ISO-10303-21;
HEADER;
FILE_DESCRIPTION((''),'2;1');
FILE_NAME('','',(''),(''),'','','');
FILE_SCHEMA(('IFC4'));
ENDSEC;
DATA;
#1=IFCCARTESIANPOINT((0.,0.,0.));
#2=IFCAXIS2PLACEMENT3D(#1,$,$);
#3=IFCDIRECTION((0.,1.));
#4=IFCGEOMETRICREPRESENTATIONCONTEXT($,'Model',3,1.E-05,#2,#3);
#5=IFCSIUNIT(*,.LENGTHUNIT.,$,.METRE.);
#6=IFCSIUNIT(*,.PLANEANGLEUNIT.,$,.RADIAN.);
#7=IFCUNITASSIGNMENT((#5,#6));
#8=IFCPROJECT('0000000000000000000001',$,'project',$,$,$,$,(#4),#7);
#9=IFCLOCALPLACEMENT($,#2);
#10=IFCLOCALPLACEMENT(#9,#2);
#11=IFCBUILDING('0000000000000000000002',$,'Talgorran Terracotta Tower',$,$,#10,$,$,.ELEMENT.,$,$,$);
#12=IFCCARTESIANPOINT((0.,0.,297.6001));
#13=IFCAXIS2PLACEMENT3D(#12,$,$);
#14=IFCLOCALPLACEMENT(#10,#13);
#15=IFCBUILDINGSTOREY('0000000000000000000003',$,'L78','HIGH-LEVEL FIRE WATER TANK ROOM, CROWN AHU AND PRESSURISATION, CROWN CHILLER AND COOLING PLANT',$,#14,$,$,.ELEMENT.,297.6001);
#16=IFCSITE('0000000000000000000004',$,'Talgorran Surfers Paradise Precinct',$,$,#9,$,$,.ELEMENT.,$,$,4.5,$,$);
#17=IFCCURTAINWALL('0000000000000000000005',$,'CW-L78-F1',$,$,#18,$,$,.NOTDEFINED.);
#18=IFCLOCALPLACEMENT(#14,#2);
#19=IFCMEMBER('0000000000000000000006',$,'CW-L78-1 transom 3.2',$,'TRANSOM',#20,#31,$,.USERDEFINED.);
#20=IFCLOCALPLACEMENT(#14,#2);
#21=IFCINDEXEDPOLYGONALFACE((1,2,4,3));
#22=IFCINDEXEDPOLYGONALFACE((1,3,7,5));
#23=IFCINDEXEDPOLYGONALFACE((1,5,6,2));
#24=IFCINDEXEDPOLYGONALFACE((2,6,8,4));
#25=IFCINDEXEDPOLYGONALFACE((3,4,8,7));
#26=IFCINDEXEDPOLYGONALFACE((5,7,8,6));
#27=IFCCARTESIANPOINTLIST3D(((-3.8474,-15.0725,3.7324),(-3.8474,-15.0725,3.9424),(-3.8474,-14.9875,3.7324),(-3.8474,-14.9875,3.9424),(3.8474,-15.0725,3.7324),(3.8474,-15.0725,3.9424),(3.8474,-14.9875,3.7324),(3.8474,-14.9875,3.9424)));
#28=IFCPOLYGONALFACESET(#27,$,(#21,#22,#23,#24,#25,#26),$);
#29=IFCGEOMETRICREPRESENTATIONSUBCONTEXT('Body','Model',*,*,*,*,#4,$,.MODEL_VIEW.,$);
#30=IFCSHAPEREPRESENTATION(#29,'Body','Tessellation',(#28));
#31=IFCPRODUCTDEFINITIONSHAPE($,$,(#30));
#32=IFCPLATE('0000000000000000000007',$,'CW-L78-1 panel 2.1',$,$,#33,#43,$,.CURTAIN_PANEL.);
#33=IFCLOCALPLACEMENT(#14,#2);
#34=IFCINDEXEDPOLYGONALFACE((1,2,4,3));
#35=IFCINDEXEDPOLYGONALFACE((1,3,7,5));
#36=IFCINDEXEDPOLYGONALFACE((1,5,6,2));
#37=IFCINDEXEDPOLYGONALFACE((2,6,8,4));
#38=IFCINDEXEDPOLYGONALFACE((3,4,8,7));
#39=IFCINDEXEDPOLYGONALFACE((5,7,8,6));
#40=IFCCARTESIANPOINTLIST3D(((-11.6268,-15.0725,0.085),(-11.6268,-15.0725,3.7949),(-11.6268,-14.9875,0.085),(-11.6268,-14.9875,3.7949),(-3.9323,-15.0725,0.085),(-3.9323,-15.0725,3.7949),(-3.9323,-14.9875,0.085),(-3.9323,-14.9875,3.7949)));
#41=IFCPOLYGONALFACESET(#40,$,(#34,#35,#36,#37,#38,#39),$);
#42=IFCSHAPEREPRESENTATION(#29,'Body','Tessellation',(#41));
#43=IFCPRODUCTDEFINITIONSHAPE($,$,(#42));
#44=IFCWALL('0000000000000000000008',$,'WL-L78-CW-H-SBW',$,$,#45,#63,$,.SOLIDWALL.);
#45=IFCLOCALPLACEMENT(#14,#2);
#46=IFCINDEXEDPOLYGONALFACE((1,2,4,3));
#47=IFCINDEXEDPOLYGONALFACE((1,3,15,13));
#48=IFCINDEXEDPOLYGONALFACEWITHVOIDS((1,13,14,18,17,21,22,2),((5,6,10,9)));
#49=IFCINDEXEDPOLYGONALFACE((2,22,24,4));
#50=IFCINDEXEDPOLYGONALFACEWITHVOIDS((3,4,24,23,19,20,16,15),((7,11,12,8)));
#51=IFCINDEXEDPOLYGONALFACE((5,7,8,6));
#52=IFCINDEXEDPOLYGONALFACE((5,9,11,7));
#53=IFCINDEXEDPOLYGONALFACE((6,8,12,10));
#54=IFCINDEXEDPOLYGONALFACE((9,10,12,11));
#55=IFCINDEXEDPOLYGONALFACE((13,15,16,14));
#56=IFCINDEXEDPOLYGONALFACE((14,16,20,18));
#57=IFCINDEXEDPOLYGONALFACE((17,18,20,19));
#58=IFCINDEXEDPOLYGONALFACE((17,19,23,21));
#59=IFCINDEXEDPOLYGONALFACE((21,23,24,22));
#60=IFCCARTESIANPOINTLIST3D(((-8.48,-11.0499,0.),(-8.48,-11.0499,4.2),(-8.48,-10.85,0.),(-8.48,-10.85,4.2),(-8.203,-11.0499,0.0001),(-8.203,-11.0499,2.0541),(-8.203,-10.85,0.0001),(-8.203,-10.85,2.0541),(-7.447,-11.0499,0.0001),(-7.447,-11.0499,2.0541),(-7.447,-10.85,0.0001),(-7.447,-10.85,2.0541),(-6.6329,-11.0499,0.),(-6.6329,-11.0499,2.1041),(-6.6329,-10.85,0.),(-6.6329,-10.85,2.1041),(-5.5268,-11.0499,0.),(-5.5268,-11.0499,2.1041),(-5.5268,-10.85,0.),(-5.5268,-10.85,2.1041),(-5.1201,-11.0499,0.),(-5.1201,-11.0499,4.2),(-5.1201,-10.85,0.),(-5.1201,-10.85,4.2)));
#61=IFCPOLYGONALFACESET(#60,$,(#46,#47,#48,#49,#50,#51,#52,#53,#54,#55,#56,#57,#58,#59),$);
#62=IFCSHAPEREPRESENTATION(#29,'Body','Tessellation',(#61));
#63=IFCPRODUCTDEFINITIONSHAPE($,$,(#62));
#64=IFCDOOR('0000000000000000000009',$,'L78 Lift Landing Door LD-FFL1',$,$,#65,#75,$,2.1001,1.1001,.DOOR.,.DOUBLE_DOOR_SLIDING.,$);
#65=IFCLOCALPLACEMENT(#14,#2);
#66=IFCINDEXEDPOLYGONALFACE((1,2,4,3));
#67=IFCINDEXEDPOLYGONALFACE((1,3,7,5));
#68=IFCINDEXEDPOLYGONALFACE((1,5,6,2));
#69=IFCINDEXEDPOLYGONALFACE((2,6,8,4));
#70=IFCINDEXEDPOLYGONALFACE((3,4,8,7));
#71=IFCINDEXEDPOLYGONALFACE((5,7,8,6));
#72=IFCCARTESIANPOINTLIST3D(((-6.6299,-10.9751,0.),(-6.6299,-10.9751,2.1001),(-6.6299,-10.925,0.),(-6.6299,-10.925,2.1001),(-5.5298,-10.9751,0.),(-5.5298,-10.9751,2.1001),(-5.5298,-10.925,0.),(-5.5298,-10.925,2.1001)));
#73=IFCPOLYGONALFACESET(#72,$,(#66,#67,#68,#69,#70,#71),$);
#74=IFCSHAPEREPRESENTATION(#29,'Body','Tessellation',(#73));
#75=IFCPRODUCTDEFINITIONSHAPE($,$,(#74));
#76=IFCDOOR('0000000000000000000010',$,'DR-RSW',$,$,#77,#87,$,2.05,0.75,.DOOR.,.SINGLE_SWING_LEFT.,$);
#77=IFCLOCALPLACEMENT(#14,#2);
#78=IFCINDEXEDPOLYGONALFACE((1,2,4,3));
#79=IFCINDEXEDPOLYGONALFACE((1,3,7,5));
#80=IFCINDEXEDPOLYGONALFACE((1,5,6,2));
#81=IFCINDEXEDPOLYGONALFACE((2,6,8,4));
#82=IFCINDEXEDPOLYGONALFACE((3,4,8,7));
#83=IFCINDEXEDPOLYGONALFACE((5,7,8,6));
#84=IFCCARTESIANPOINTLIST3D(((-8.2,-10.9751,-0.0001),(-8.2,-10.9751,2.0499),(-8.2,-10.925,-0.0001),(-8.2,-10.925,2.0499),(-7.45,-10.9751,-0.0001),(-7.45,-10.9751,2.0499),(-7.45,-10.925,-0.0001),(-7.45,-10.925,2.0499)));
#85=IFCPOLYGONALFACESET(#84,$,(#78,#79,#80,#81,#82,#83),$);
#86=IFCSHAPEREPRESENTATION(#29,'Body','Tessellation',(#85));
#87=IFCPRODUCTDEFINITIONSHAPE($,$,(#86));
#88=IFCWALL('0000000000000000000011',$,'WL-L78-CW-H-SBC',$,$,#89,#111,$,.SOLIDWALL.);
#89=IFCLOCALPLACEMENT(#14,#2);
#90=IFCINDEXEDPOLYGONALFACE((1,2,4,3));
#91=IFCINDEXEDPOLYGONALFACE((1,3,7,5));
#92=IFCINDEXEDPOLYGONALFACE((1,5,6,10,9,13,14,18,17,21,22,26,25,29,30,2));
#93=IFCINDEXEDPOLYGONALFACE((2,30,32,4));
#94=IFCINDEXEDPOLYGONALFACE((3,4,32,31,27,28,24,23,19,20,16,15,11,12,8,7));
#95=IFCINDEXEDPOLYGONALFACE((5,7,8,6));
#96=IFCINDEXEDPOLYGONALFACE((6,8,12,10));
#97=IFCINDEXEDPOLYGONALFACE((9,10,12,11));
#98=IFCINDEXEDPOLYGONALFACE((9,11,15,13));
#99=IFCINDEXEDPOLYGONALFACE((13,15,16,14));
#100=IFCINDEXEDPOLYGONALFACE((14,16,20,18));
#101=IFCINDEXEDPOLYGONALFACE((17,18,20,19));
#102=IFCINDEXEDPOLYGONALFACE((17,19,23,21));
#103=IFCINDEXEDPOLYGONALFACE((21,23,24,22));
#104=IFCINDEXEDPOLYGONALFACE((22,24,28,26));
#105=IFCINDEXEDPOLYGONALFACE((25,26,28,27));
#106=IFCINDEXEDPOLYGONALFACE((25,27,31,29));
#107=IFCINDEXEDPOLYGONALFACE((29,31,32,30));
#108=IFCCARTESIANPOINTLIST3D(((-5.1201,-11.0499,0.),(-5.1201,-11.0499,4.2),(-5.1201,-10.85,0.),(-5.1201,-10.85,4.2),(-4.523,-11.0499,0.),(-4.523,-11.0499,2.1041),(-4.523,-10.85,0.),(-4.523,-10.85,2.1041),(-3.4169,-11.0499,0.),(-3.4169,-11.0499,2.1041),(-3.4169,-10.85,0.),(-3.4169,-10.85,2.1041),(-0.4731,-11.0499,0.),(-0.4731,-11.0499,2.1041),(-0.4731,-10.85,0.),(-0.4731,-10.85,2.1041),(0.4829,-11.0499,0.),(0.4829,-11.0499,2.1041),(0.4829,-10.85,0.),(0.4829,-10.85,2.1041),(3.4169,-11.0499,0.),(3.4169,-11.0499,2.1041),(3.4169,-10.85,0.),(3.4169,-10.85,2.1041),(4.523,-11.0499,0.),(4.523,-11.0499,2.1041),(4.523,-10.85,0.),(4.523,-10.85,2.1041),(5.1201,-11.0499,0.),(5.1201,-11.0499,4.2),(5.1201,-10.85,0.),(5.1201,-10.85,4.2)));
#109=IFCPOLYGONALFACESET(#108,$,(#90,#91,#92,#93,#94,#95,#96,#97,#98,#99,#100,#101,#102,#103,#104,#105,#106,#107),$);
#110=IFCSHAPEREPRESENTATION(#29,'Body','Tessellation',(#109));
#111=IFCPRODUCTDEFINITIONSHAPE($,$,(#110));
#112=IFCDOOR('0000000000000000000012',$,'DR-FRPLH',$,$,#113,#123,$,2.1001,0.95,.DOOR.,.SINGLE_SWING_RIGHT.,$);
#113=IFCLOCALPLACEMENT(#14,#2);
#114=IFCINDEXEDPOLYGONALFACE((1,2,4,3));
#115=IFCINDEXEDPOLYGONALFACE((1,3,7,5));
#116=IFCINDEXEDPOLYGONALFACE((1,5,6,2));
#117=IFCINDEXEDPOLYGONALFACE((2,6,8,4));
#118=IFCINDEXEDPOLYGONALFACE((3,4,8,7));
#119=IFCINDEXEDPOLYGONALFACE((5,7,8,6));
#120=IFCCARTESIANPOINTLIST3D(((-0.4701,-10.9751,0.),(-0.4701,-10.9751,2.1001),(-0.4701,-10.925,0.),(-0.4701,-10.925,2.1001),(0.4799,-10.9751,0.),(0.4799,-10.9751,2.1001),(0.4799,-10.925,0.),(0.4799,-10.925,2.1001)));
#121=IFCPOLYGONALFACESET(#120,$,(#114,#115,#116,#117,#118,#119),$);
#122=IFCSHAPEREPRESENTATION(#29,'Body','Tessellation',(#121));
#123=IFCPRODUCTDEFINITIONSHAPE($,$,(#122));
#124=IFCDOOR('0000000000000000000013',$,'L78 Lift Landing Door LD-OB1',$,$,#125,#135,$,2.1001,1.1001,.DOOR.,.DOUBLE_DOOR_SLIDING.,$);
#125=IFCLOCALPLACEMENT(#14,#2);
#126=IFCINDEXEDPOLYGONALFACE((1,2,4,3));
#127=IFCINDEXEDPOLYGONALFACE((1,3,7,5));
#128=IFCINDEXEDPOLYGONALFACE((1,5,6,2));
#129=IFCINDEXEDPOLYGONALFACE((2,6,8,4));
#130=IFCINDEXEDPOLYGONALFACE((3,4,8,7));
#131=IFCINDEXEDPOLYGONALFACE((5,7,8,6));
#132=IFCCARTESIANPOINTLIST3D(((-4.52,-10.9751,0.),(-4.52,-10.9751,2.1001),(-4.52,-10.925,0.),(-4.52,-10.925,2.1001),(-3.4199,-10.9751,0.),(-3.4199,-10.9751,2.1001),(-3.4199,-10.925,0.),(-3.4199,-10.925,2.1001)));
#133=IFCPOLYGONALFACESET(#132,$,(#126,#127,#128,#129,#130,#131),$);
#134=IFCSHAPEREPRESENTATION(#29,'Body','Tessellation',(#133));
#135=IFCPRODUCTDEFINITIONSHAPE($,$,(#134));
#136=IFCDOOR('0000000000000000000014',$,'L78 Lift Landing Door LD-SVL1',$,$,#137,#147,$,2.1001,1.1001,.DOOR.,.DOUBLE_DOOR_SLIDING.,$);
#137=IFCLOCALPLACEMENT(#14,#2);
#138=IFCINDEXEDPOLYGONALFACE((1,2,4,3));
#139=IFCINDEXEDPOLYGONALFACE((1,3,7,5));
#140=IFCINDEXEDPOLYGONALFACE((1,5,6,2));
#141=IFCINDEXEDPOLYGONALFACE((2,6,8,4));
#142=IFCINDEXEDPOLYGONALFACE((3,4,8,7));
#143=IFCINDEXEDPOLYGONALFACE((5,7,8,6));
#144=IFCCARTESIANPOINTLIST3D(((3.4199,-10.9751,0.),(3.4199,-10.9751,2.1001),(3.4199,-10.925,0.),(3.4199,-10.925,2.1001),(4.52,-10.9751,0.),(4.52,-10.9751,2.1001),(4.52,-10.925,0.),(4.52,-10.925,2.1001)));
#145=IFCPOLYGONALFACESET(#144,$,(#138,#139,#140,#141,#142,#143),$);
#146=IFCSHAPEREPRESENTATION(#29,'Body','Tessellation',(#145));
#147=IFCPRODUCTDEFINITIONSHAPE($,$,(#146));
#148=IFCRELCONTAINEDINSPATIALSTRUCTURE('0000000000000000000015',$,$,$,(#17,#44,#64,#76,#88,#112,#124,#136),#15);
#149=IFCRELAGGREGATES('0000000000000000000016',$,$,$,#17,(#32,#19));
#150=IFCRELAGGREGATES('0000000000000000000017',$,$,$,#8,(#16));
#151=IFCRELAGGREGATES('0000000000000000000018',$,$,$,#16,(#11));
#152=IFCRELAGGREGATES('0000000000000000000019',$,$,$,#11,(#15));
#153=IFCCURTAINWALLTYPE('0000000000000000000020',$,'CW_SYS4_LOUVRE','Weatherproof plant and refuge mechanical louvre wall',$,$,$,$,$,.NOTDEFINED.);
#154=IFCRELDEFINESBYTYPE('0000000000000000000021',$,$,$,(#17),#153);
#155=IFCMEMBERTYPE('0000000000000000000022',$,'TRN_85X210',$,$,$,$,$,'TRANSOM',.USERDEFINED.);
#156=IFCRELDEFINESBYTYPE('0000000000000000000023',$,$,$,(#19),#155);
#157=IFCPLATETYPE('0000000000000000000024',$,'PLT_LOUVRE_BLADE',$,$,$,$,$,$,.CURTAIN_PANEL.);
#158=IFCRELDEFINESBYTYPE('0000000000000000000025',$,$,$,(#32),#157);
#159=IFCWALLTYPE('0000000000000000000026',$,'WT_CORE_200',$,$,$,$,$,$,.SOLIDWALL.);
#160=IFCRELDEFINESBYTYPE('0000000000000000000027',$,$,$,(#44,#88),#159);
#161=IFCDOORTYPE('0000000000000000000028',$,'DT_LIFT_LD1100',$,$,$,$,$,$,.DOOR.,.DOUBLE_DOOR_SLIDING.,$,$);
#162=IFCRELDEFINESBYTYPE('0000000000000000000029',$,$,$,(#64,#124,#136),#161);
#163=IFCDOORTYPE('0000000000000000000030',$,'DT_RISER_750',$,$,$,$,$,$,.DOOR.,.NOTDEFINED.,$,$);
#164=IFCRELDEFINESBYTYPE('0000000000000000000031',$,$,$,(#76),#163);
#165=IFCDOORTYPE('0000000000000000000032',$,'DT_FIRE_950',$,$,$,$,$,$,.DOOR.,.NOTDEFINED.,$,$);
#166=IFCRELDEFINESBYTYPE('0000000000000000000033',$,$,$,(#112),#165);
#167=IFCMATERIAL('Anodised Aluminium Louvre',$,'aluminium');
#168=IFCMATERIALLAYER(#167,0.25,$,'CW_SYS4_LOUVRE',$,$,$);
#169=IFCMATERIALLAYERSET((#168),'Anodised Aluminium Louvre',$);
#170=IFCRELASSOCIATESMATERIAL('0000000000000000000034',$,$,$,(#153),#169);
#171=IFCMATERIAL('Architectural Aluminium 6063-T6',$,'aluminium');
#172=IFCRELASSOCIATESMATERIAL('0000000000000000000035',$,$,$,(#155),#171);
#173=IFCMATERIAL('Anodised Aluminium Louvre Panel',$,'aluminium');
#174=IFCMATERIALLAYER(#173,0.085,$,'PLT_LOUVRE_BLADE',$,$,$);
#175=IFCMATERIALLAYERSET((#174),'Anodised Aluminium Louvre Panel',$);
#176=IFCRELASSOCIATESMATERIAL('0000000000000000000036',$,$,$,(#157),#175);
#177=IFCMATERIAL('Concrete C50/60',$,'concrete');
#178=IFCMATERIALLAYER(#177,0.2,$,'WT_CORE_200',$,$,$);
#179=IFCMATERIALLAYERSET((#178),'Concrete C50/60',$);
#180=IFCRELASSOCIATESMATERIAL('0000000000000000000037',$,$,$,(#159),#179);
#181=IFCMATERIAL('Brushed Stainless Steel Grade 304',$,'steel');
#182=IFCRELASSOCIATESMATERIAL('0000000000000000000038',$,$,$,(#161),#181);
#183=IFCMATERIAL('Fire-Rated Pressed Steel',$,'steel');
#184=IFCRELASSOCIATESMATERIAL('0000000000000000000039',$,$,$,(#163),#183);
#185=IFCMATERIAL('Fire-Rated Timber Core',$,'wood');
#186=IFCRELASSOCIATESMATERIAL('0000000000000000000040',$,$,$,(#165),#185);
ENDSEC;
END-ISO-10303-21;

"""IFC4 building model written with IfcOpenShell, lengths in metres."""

from ifc_helpers import new_model, si_unit, direction, frame, frame_2d, origin, origin_2d, place, context, subcontext, project, spatial, rectangle, extrude, source, transform, mapped, material, layer, layer_set, material_profile, profile_set, type_object, type_shapes, element, fill, aggregate, save


model = new_model("IFC4")

# Units and contexts
model_context = context("Model", 3, precision=1e-05, world=origin(), true_north=direction((0.0, 1.0)))
body_context = subcontext(model_context, "Body", "Model", "MODEL_VIEW")
ifc_project = project(units=[si_unit("LENGTHUNIT", "METRE"), si_unit("PLANEANGLEUNIT", "RADIAN")], contexts=[model_context])

# Site, building, storey
site_placement = place(None, origin())
site = spatial("IfcSite", under=ifc_project, at=site_placement, Name="Talgorran Surfers Paradise Precinct", CompositionType="ELEMENT", RefElevation=4.5)
building_placement = place(site_placement, origin())
building = spatial("IfcBuilding", under=site, at=building_placement, Name="Talgorran Terracotta Tower", CompositionType="ELEMENT")
storey_placement = place(building_placement, frame((0.0, 0.0, 297.6001)))
storey = spatial("IfcBuildingStorey", under=building, at=storey_placement, Name="L78", Description="HIGH-LEVEL FIRE WATER TANK ROOM, CROWN AHU AND PRESSURISATION, CROWN CHILLER AND COOLING PLANT", CompositionType="ELEMENT", Elevation=297.6001)

# Shared definitions
ifc_material_1 = material(Name="Concrete C50/60", Category="concrete")

# Curtain wall, member, plate
ifc_material_2 = material(Name="Anodised Aluminium Louvre", Category="aluminium")
ifc_layer_1 = layer(ifc_material_2, 0.25, Name="CW_SYS4_LOUVRE")
ifc_layer_set_1 = layer_set([ifc_layer_1], Name="Anodised Aluminium Louvre")
curtain_wall_type = type_object("IfcCurtainWallType", Name="CW_SYS4_LOUVRE", Description="Weatherproof plant and refuge mechanical louvre wall", PredefinedType="NOTDEFINED", material=ifc_layer_set_1)
curtain_wall_placement = place(storey_placement, origin())
curtain_wall = element("IfcCurtainWall", 1, at=curtain_wall_placement, inside=storey, type_object=curtain_wall_type, Name="CW-L78-F1", PredefinedType="NOTDEFINED")
ifc_material_3 = material(Name="Architectural Aluminium 6063-T6", Category="aluminium")
ifc_material_profile_1 = material_profile(ifc_material_3, rectangle(XDim=0.085, YDim=0.21, at=origin_2d()), Name="CWT85X210")
ifc_profile_set_1 = profile_set([ifc_material_profile_1], Name="Architectural Aluminium 6063-T6")
member_type_1 = type_object("IfcMemberType", Name="TRN_85X210", ElementType="TRANSOM", PredefinedType="USERDEFINED", material=ifc_profile_set_1)
member_1_placement = place(storey_placement, frame((-3.8474, -15.03, 3.8374), z_axis=(1.0, 0.0, 0.0), x_axis=(0.0, 1.0, 0.0)))
member_1 = element("IfcMember", 2, at=member_1_placement, type_object=member_type_1, Name="CW-L78-1 transom 3.2", ObjectType="TRANSOM", PredefinedType="USERDEFINED", context=body_context, shape_type="SweptSolid", body=[
    extrude(rectangle(XDim=0.085, YDim=0.21, at=origin_2d()), origin(), (0.0, 0.0, 1.0), 7.6948),
])
ifc_material_4 = material(Name="Anodised Aluminium Louvre Panel", Category="aluminium")
ifc_layer_2 = layer(ifc_material_4, 0.085, Name="PLT_LOUVRE_BLADE")
ifc_layer_set_2 = layer_set([ifc_layer_2], Name="Anodised Aluminium Louvre Panel")
plate_type = type_object("IfcPlateType", Name="PLT_LOUVRE_BLADE", PredefinedType="CURTAIN_PANEL", material=ifc_layer_set_2)
shared_shape = source(origin(), body_context, "Body", "SweptSolid", [
    extrude(rectangle(XDim=7.6946, YDim=0.085, at=origin_2d()), origin(), (0.0, 0.0, 1.0), 3.71),
])
type_shapes(plate_type, [shared_shape])
plate_placement = place(storey_placement, frame((-7.7795, -15.03, 0.085), z_axis=(0.0, 0.0, 1.0), x_axis=(1.0, 0.0, 0.0)))
plate = element("IfcPlate", 3, at=plate_placement, type_object=plate_type, Name="CW-L78-1 panel 2.1", PredefinedType="CURTAIN_PANEL", context=body_context, shape_type="MappedRepresentation", body=[
    mapped(shared_shape, transform((0.0, 0.0, 0.0), scale=1.0)),
])
aggregate(curtain_wall, [plate, member_1])

# Walls, openings, doors
ifc_layer_3 = layer(ifc_material_1, 0.2, Name="WT_CORE_200")
ifc_layer_set_3 = layer_set([ifc_layer_3], Name="Concrete C50/60")
wall_type_1 = type_object("IfcWallType", Name="WT_CORE_200", PredefinedType="SOLIDWALL", material=ifc_layer_set_3)
wall_1_placement = place(storey_placement, frame((-8.48, -10.95, 0.0), z_axis=(0.0, 0.0, 1.0), x_axis=(1.0, 0.0, 0.0)))
wall_1 = element("IfcWall", 4, at=wall_1_placement, inside=storey, type_object=wall_type_1, Name="WL-L78-CW-H-SBW", PredefinedType="SOLIDWALL", context=body_context, shape_type="SweptSolid", body=[
    extrude(rectangle(XDim=3.3599, YDim=0.2, at=frame_2d((1.6799, 0.0))), origin(), (0.0, 0.0, 1.0), 4.2),
])
opening_1_placement = place(wall_1_placement, frame((0.28, 0.0, 0.0)))
opening_1 = element("IfcOpeningElement", 5, at=opening_1_placement, cuts=wall_1, PredefinedType="OPENING", context=body_context, shape_type="SweptSolid", body=[
    extrude(rectangle(XDim=0.756, YDim=2.054, at=frame_2d((0.375, 1.0271))), frame((0.0, 0.1099, 0.0), z_axis=(0.0, -1.0, 0.0), x_axis=(1.0, 0.0, 0.0)), (0.0, 0.0, 1.0), 0.22),
])
opening_2_placement = place(wall_1_placement, frame((1.8501, 0.0, 0.0)))
opening_2 = element("IfcOpeningElement", 6, at=opening_2_placement, cuts=wall_1, PredefinedType="OPENING", context=body_context, shape_type="SweptSolid", body=[
    extrude(rectangle(XDim=1.1061, YDim=2.1041, at=frame_2d((0.55, 1.052))), frame((0.0, 0.1099, 0.0), z_axis=(0.0, -1.0, 0.0), x_axis=(1.0, 0.0, 0.0)), (0.0, 0.0, 1.0), 0.22),
])
ifc_material_5 = material(Name="Brushed Stainless Steel Grade 304", Category="steel")
door_type_1 = type_object("IfcDoorType", Name="DT_LIFT_LD1100", OperationType="DOUBLE_DOOR_SLIDING", PredefinedType="DOOR", material=ifc_material_5)
door_1_placement = place(opening_2_placement, origin())
door_1 = element("IfcDoor", 7, at=door_1_placement, inside=storey, type_object=door_type_1, Name="L78 Lift Landing Door LD-FFL1", OperationType="DOUBLE_DOOR_SLIDING", OverallHeight=2.1001, OverallWidth=1.1001, PredefinedType="DOOR", context=body_context, shape_type="SweptSolid", body=[
    extrude(rectangle(XDim=1.1001, YDim=2.1001, at=frame_2d((0.55, 1.05))), frame((0.0, 0.0249, 0.0), z_axis=(0.0, -1.0, 0.0), x_axis=(1.0, 0.0, 0.0)), (0.0, 0.0, 1.0), 0.05),
])
fill(opening_2, door_1)
ifc_material_6 = material(Name="Fire-Rated Pressed Steel", Category="steel")
door_type_2 = type_object("IfcDoorType", Name="DT_RISER_750", OperationType="NOTDEFINED", PredefinedType="DOOR", material=ifc_material_6)
door_2_placement = place(opening_1_placement, origin())
door_2 = element("IfcDoor", 8, at=door_2_placement, inside=storey, type_object=door_type_2, Name="DR-RSW", OperationType="SINGLE_SWING_LEFT", OverallHeight=2.05, OverallWidth=0.75, PredefinedType="DOOR", context=body_context, shape_type="SweptSolid", body=[
    extrude(rectangle(XDim=0.75, YDim=2.05, at=frame_2d((0.375, 1.0249))), frame((0.0, 0.0249, 0.0), z_axis=(0.0, -1.0, 0.0), x_axis=(1.0, 0.0, 0.0)), (0.0, 0.0, 1.0), 0.05),
])
fill(opening_1, door_2)
wall_2_placement = place(storey_placement, frame((-5.1201, -10.95, 0.0), z_axis=(0.0, 0.0, 1.0), x_axis=(1.0, 0.0, 0.0)))
wall_2 = element("IfcWall", 9, at=wall_2_placement, inside=storey, type_object=wall_type_1, Name="WL-L78-CW-H-SBC", PredefinedType="SOLIDWALL", context=body_context, shape_type="SweptSolid", body=[
    extrude(rectangle(XDim=10.2402, YDim=0.2, at=frame_2d((5.1201, 0.0))), origin(), (0.0, 0.0, 1.0), 4.2),
])
opening_3_placement = place(wall_2_placement, frame((0.6001, 0.0, 0.0)))
opening_3 = element("IfcOpeningElement", 10, at=opening_3_placement, cuts=wall_2, PredefinedType="OPENING", context=body_context, shape_type="SweptSolid", body=[
    extrude(rectangle(XDim=1.1061, YDim=2.1041, at=frame_2d((0.55, 1.052))), frame((0.0, 0.1099, 0.0), z_axis=(0.0, -1.0, 0.0), x_axis=(1.0, 0.0, 0.0)), (0.0, 0.0, 1.0), 0.22),
])
opening_4_placement = place(wall_2_placement, frame((4.6499, 0.0, 0.0)))
opening_4 = element("IfcOpeningElement", 11, at=opening_4_placement, cuts=wall_2, PredefinedType="OPENING", context=body_context, shape_type="SweptSolid", body=[
    extrude(rectangle(XDim=0.956, YDim=2.1041, at=frame_2d((0.4751, 1.052))), frame((0.0, 0.1099, 0.0), z_axis=(0.0, -1.0, 0.0), x_axis=(1.0, 0.0, 0.0)), (0.0, 0.0, 1.0), 0.22),
])
opening_5_placement = place(wall_2_placement, frame((8.54, 0.0, 0.0)))
opening_5 = element("IfcOpeningElement", 12, at=opening_5_placement, cuts=wall_2, PredefinedType="OPENING", context=body_context, shape_type="SweptSolid", body=[
    extrude(rectangle(XDim=1.1061, YDim=2.1041, at=frame_2d((0.55, 1.052))), frame((0.0, 0.1099, 0.0), z_axis=(0.0, -1.0, 0.0), x_axis=(1.0, 0.0, 0.0)), (0.0, 0.0, 1.0), 0.22),
])
ifc_material_7 = material(Name="Fire-Rated Timber Core", Category="wood")
door_type_3 = type_object("IfcDoorType", Name="DT_FIRE_950", OperationType="NOTDEFINED", PredefinedType="DOOR", material=ifc_material_7)
door_3_placement = place(opening_4_placement, origin())
door_3 = element("IfcDoor", 13, at=door_3_placement, inside=storey, type_object=door_type_3, Name="DR-FRPLH", OperationType="SINGLE_SWING_RIGHT", OverallHeight=2.1001, OverallWidth=0.95, PredefinedType="DOOR", context=body_context, shape_type="SweptSolid", body=[
    extrude(rectangle(XDim=0.95, YDim=2.1001, at=frame_2d((0.4751, 1.05))), frame((0.0, 0.0249, 0.0), z_axis=(0.0, -1.0, 0.0), x_axis=(1.0, 0.0, 0.0)), (0.0, 0.0, 1.0), 0.05),
])
fill(opening_4, door_3)
door_4_placement = place(opening_3_placement, origin())
door_4 = element("IfcDoor", 14, at=door_4_placement, inside=storey, type_object=door_type_1, Name="L78 Lift Landing Door LD-OB1", OperationType="DOUBLE_DOOR_SLIDING", OverallHeight=2.1001, OverallWidth=1.1001, PredefinedType="DOOR", context=body_context, shape_type="SweptSolid", body=[
    extrude(rectangle(XDim=1.1001, YDim=2.1001, at=frame_2d((0.55, 1.05))), frame((0.0, 0.0249, 0.0), z_axis=(0.0, -1.0, 0.0), x_axis=(1.0, 0.0, 0.0)), (0.0, 0.0, 1.0), 0.05),
])
fill(opening_3, door_4)
door_5_placement = place(opening_5_placement, origin())
door_5 = element("IfcDoor", 15, at=door_5_placement, inside=storey, type_object=door_type_1, Name="L78 Lift Landing Door LD-SVL1", OperationType="DOUBLE_DOOR_SLIDING", OverallHeight=2.1001, OverallWidth=1.1001, PredefinedType="DOOR", context=body_context, shape_type="SweptSolid", body=[
    extrude(rectangle(XDim=1.1001, YDim=2.1001, at=frame_2d((0.55, 1.05))), frame((0.0, 0.0249, 0.0), z_axis=(0.0, -1.0, 0.0), x_axis=(1.0, 0.0, 0.0)), (0.0, 0.0, 1.0), 0.05),
])
fill(opening_5, door_5)

save(model, "model.ifc")
